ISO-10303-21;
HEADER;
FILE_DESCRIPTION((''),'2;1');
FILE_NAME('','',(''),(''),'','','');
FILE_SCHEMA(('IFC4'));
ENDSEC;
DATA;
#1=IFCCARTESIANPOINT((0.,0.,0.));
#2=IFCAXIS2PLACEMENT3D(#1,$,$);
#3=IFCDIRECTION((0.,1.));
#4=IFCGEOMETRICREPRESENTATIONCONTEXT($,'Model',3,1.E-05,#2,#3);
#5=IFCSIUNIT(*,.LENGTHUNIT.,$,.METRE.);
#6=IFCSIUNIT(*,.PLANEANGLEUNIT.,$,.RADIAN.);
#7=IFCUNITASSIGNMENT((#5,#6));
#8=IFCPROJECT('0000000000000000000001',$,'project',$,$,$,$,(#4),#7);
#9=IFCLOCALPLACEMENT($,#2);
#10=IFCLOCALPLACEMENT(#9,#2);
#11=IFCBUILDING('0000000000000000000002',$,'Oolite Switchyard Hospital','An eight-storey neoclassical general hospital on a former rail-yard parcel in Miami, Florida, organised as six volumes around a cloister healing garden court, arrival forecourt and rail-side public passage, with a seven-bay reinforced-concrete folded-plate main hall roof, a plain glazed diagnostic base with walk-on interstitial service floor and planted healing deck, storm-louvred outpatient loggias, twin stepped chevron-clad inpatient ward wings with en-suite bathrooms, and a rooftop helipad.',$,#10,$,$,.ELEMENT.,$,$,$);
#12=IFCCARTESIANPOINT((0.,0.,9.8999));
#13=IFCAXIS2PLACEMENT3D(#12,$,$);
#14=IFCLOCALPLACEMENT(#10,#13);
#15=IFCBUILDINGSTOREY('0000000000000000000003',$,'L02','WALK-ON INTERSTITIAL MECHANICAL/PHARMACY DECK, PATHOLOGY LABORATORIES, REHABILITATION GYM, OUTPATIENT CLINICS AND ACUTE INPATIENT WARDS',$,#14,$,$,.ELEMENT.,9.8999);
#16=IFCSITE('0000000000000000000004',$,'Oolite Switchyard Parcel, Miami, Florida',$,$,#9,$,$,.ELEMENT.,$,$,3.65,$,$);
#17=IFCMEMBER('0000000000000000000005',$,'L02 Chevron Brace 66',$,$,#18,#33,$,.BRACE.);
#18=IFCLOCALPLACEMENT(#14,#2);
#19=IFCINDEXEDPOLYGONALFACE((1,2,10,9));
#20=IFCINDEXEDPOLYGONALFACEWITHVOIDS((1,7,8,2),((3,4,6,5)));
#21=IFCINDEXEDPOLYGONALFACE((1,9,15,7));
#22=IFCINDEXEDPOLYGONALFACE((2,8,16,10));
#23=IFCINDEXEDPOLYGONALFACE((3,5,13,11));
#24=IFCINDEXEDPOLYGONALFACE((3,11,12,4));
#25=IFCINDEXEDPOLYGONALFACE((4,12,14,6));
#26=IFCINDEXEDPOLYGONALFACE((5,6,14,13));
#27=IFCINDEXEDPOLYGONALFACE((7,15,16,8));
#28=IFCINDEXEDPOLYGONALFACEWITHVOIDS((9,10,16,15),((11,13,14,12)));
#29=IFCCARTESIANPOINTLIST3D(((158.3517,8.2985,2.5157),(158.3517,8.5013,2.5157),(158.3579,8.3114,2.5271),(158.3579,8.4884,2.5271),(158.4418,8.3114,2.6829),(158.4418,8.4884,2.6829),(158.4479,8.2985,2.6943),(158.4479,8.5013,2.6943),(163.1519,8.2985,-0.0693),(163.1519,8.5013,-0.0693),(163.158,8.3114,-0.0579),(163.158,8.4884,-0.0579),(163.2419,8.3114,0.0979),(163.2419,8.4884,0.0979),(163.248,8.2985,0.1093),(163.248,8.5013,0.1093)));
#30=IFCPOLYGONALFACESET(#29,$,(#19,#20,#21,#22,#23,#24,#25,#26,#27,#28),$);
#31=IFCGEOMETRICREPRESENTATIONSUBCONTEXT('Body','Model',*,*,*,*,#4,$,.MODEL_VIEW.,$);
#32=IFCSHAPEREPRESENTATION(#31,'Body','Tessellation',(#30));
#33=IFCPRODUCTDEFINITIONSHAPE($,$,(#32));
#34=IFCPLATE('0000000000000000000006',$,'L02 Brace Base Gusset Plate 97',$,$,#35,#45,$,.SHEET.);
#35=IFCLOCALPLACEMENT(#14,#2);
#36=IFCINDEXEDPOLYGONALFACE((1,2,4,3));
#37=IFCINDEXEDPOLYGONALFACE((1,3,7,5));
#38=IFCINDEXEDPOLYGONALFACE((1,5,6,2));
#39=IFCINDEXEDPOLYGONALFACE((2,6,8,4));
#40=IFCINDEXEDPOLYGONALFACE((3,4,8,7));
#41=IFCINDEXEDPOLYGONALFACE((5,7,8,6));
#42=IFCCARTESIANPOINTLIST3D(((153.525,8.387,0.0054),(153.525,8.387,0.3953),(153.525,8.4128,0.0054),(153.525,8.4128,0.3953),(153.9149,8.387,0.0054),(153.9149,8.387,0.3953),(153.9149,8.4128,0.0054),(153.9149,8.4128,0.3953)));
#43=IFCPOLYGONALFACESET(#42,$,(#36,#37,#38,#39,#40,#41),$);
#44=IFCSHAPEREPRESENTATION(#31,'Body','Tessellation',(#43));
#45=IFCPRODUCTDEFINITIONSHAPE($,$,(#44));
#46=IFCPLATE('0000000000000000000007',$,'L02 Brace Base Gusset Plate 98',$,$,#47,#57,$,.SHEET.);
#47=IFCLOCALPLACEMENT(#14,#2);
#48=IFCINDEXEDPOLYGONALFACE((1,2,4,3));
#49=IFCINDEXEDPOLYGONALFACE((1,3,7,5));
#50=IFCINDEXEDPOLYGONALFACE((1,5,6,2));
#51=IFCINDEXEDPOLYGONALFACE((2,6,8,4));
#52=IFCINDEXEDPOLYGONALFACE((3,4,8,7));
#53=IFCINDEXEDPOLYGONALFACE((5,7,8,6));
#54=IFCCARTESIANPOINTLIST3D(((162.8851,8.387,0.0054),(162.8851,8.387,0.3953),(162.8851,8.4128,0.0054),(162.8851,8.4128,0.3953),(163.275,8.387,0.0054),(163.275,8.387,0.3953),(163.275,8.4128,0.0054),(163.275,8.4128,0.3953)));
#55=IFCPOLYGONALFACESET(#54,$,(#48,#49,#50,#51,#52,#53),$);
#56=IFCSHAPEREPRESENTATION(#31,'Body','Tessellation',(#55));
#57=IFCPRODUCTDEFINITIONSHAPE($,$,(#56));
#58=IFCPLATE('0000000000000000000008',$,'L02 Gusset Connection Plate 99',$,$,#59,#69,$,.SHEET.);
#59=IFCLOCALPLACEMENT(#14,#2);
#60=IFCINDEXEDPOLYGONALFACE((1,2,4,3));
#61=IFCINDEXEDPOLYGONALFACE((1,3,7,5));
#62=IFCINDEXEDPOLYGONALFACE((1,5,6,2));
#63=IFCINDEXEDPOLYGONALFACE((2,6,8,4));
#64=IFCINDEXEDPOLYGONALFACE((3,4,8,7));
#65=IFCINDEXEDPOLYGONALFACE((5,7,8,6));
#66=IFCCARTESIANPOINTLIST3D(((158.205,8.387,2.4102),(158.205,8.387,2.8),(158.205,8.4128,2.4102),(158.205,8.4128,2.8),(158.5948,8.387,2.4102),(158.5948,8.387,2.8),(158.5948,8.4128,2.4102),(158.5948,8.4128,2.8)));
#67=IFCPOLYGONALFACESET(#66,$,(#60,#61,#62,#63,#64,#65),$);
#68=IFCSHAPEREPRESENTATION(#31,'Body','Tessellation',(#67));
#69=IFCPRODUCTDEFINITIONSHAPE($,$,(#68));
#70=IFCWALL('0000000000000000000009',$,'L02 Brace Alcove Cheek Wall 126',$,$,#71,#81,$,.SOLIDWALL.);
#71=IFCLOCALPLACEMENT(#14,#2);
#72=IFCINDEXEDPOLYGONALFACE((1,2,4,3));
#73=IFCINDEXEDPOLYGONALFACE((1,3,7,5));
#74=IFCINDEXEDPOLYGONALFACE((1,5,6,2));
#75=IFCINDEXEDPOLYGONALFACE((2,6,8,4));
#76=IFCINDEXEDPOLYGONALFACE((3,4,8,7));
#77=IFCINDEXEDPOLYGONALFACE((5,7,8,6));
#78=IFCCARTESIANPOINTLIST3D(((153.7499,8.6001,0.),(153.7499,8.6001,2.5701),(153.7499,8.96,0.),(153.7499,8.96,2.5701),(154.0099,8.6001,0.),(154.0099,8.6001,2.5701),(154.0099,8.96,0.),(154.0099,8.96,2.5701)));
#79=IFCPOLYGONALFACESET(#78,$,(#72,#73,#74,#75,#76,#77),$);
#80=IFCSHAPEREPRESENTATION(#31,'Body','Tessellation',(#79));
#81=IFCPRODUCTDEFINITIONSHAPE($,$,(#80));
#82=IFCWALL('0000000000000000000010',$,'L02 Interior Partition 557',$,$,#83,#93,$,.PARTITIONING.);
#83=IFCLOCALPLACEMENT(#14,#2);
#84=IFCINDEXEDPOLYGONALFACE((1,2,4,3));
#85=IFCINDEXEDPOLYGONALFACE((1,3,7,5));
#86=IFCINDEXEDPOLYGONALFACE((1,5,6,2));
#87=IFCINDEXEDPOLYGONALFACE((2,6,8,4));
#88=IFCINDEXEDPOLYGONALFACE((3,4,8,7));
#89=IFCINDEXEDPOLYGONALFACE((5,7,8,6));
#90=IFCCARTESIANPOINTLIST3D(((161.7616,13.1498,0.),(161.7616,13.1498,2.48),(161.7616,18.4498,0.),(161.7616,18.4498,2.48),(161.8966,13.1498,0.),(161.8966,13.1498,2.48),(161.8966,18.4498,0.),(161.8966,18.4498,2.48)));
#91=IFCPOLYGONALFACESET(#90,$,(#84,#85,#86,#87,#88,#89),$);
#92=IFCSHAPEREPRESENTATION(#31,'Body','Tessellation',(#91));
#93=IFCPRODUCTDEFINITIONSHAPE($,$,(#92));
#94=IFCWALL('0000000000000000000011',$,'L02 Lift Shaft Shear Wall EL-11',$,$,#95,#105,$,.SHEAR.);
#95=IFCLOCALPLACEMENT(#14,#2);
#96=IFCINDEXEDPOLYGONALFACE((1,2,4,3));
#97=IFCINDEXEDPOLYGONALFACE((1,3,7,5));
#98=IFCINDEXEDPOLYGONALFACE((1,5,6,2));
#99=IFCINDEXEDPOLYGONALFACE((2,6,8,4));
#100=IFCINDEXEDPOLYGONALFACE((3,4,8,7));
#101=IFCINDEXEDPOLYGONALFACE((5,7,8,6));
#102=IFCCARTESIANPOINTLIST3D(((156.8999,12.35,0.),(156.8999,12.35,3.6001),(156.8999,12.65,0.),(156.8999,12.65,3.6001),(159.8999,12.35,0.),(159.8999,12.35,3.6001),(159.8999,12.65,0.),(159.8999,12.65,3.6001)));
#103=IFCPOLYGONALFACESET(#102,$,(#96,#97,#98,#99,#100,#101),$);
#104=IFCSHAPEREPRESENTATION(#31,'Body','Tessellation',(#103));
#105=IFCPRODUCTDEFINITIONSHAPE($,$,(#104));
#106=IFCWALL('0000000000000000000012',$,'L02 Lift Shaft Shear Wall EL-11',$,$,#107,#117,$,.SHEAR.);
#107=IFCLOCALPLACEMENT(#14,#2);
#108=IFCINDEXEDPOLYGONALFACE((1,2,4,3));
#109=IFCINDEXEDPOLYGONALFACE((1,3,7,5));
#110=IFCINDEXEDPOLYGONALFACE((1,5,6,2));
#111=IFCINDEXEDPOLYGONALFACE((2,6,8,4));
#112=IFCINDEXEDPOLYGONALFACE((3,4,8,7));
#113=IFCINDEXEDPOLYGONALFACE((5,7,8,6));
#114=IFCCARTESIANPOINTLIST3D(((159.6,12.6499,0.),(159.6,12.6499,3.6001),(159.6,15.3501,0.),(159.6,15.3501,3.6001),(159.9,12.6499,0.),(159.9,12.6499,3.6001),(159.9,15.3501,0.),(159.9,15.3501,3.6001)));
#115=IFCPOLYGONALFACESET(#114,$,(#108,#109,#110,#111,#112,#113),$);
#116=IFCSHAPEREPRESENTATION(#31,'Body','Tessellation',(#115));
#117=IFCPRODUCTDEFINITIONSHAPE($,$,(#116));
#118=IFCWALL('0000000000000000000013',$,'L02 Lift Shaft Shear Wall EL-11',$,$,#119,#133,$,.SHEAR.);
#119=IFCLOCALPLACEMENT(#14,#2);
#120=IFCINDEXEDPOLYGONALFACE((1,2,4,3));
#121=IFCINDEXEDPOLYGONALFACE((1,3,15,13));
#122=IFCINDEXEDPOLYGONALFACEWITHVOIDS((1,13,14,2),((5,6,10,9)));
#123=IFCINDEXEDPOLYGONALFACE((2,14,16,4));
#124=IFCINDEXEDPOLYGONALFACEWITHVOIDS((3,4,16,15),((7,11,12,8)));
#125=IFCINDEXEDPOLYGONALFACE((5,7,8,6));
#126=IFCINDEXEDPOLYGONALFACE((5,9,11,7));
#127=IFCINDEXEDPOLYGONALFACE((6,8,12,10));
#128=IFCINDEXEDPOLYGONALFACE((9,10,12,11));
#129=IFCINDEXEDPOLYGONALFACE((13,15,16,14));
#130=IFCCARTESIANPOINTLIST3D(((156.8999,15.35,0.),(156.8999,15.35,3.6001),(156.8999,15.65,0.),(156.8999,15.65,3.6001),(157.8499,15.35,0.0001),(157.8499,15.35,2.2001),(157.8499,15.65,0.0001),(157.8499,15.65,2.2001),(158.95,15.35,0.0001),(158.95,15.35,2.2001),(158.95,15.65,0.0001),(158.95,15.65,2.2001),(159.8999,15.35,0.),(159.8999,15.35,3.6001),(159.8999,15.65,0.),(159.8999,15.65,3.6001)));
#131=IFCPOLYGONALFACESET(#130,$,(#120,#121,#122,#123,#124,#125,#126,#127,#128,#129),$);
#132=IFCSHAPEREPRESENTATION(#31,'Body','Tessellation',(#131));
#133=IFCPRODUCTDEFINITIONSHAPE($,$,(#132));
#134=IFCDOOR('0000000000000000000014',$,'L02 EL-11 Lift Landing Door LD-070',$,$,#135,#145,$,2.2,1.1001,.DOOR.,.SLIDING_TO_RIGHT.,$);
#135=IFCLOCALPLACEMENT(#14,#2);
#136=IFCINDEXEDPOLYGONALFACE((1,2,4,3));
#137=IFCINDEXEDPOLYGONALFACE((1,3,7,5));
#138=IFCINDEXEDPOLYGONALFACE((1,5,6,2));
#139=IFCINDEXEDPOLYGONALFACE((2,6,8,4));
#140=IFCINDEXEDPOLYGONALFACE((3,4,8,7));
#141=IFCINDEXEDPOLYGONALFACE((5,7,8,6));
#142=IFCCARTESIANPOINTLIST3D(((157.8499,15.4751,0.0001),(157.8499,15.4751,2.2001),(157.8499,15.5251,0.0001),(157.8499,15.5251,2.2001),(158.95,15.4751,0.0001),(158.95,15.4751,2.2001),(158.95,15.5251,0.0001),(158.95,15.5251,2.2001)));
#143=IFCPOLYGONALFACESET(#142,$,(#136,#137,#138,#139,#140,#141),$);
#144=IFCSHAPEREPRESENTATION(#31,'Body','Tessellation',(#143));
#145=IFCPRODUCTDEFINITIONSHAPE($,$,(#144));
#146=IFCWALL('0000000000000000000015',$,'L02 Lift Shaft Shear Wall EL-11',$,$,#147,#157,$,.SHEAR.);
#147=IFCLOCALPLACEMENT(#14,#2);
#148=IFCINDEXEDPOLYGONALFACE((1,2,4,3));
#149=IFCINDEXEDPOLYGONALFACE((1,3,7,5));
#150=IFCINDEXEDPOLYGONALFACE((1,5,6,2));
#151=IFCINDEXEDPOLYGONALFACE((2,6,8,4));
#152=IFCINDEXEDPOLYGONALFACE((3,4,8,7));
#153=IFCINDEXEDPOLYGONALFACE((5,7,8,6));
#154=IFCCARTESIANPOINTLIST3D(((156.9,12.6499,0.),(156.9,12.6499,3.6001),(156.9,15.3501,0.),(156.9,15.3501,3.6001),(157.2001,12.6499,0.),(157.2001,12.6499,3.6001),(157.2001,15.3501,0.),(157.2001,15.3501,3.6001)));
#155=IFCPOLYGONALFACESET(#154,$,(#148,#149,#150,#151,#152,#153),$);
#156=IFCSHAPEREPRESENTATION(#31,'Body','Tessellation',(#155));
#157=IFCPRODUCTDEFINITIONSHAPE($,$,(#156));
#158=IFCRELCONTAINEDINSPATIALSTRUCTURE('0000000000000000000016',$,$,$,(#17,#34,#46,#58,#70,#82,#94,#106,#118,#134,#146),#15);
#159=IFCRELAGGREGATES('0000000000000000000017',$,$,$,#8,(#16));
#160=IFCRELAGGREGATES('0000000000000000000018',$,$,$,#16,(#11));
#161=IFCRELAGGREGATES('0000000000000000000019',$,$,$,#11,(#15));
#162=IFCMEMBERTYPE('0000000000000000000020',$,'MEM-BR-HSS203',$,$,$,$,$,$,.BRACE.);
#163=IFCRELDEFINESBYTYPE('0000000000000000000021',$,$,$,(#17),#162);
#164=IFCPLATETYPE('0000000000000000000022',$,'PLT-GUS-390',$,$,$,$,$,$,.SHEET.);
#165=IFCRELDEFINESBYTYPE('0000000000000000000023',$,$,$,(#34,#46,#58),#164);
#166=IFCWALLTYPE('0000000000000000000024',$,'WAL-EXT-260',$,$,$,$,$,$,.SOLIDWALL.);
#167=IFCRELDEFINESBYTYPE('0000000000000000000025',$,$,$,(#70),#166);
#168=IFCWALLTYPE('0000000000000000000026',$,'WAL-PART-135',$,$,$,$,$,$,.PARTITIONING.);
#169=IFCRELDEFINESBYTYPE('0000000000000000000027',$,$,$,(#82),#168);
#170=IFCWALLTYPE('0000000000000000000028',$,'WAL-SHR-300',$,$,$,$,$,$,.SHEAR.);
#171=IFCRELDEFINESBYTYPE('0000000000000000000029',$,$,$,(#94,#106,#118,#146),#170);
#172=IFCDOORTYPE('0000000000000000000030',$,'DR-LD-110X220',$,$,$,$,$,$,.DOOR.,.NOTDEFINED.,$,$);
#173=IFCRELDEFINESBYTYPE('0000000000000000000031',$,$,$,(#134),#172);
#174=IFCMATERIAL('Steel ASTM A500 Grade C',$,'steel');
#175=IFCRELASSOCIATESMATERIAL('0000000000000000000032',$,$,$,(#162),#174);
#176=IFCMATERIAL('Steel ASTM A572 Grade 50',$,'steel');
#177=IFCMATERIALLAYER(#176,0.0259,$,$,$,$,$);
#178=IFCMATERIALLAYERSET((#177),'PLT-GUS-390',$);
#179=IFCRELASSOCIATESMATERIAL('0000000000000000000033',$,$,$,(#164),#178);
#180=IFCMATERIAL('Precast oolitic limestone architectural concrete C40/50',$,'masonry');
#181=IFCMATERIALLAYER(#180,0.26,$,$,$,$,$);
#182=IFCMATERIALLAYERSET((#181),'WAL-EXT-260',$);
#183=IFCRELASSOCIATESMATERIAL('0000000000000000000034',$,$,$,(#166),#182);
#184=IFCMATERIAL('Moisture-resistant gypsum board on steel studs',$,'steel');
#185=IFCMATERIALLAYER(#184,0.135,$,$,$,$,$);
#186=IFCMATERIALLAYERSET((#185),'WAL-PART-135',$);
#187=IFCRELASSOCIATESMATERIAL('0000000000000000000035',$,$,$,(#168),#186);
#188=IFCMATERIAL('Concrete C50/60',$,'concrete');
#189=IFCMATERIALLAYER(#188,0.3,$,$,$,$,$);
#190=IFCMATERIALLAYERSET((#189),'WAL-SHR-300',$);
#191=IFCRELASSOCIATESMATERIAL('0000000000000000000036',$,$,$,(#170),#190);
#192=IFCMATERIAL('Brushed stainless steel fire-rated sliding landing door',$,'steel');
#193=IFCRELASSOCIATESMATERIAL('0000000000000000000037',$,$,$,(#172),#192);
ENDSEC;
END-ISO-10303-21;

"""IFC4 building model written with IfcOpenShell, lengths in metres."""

from ifc_helpers import new_model, si_unit, direction, frame, frame_2d, origin, origin_2d, place, context, subcontext, project, spatial, rectangle, hollow_rectangle, extrude, material, layer, layer_set, material_profile, profile_set, type_object, element, fill, save


model = new_model("IFC4")

# Units and contexts
model_context = context("Model", 3, precision=1e-05, world=origin(), true_north=direction((0.0, 1.0)))
body_context = subcontext(model_context, "Body", "Model", "MODEL_VIEW")
ifc_project = project(units=[si_unit("LENGTHUNIT", "METRE"), si_unit("PLANEANGLEUNIT", "RADIAN")], contexts=[model_context])

# Site, building, storey
site_placement = place(None, origin())
site = spatial("IfcSite", under=ifc_project, at=site_placement, Name="Oolite Switchyard Parcel, Miami, Florida", CompositionType="ELEMENT", RefElevation=3.65)
building_placement = place(site_placement, origin())
building = spatial("IfcBuilding", under=site, at=building_placement, Name="Oolite Switchyard Hospital", Description="An eight-storey neoclassical general hospital on a former rail-yard parcel in Miami, Florida, organised as six volumes around a cloister healing garden court, arrival forecourt and rail-side public passage, with a seven-bay reinforced-concrete folded-plate main hall roof, a plain glazed diagnostic base with walk-on interstitial service floor and planted healing deck, storm-louvred outpatient loggias, twin stepped chevron-clad inpatient ward wings with en-suite bathrooms, and a rooftop helipad.", CompositionType="ELEMENT")
storey_placement = place(building_placement, frame((0.0, 0.0, 9.8999)))
storey = spatial("IfcBuildingStorey", under=building, at=storey_placement, Name="L02", Description="WALK-ON INTERSTITIAL MECHANICAL/PHARMACY DECK, PATHOLOGY LABORATORIES, REHABILITATION GYM, OUTPATIENT CLINICS AND ACUTE INPATIENT WARDS", CompositionType="ELEMENT", Elevation=9.8999)

# Shared definitions
ifc_material_1 = material(Name="Concrete C50/60", Category="concrete")

# Member
ifc_material_2 = material(Name="Steel ASTM A500 Grade C", Category="steel")
ifc_material_profile_1 = material_profile(ifc_material_2, hollow_rectangle(XDim=0.2029, YDim=0.2029, WallThickness=0.0129, at=origin_2d()), Name="HSS203X203X13")
ifc_profile_set_1 = profile_set([ifc_material_profile_1], Name="Steel ASTM A500 Grade C")
member_type = type_object("IfcMemberType", Name="MEM-BR-HSS203", PredefinedType="BRACE", material=ifc_profile_set_1)
member_1_placement = place(storey_placement, frame((163.2, 8.3999, 0.02), z_axis=(-0.880447, 0.0, 0.474145), x_axis=(0.0, -1.0, 0.0)))
element("IfcMember", 1, at=member_1_placement, inside=storey, type_object=member_type, Name="L02 Chevron Brace 66", PredefinedType="BRACE", context=body_context, shape_type="SweptSolid", body=[
    extrude(hollow_rectangle(XDim=0.2029, YDim=0.2029, WallThickness=0.0129, at=origin_2d()), origin(), (0.0, 0.0, 1.0), 5.4519),
])

# Plates
ifc_material_3 = material(Name="Steel ASTM A572 Grade 50", Category="steel")
ifc_layer_1 = layer(ifc_material_3, 0.0259)
ifc_layer_set_1 = layer_set([ifc_layer_1], Name="PLT-GUS-390")
plate_type = type_object("IfcPlateType", Name="PLT-GUS-390", PredefinedType="SHEET", material=ifc_layer_set_1)
for number, where, z_axis, x_axis, name in (
    (2, (153.72, 8.3999, 0.0054), (0.0, 0.0, 1.0), (1.0, 0.0, 0.0), "L02 Brace Base Gusset Plate 97"),
    (3, (163.0801, 8.3999, 0.0054), (0.0, 0.0, 1.0), (1.0, 0.0, 0.0), "L02 Brace Base Gusset Plate 98"),
    (4, (158.3999, 8.3999, 2.4102), (0.0, 0.0, 1.0), (1.0, 0.0, 0.0), "L02 Gusset Connection Plate 99"),
):
    element("IfcPlate", number, at=place(storey_placement, frame(where, z_axis=z_axis, x_axis=x_axis)), inside=storey, type_object=plate_type, Name=name, PredefinedType="SHEET", context=body_context, shape_type="SweptSolid", body=[
        extrude(rectangle(XDim=0.3899, YDim=0.0259, at=origin_2d()), origin(), (0.0, 0.0, 1.0), 0.3899),
    ])

# Walls
ifc_material_4 = material(Name="Precast oolitic limestone architectural concrete C40/50", Category="masonry")
ifc_layer_2 = layer(ifc_material_4, 0.26)
ifc_layer_set_2 = layer_set([ifc_layer_2], Name="WAL-EXT-260")
wall_type_1 = type_object("IfcWallType", Name="WAL-EXT-260", PredefinedType="SOLIDWALL", material=ifc_layer_set_2)
wall_1_placement = place(storey_placement, frame((153.8799, 8.6001, 0.0), z_axis=(0.0, 0.0, 1.0), x_axis=(0.0, 1.0, 0.0)))
element("IfcWall", 5, at=wall_1_placement, inside=storey, type_object=wall_type_1, Name="L02 Brace Alcove Cheek Wall 126", PredefinedType="SOLIDWALL", context=body_context, shape_type="SweptSolid", body=[
    extrude(rectangle(XDim=0.3599, YDim=0.26, at=frame_2d((0.1799, 0.0))), origin(), (0.0, 0.0, 1.0), 2.5701),
])
ifc_material_5 = material(Name="Moisture-resistant gypsum board on steel studs", Category="steel")
ifc_layer_3 = layer(ifc_material_5, 0.135)
ifc_layer_set_3 = layer_set([ifc_layer_3], Name="WAL-PART-135")
wall_type_2 = type_object("IfcWallType", Name="WAL-PART-135", PredefinedType="PARTITIONING", material=ifc_layer_set_3)
wall_2_placement = place(storey_placement, frame((161.8291, 13.1499, 0.0), z_axis=(0.0, 0.0, 1.0), x_axis=(0.0, 1.0, 0.0)))
element("IfcWall", 6, at=wall_2_placement, inside=storey, type_object=wall_type_2, Name="L02 Interior Partition 557", PredefinedType="PARTITIONING", context=body_context, shape_type="SweptSolid", body=[
    extrude(rectangle(XDim=5.3, YDim=0.135, at=frame_2d((2.6499, 0.0))), origin(), (0.0, 0.0, 1.0), 2.48),
])
ifc_layer_4 = layer(ifc_material_1, 0.3)
ifc_layer_set_4 = layer_set([ifc_layer_4], Name="WAL-SHR-300")
wall_type_3 = type_object("IfcWallType", Name="WAL-SHR-300", PredefinedType="SHEAR", material=ifc_layer_set_4)
wall_3_placement = place(storey_placement, frame((156.8999, 12.5, 0.0), z_axis=(0.0, 0.0, 1.0), x_axis=(1.0, 0.0, 0.0)))
element("IfcWall", 7, at=wall_3_placement, inside=storey, type_object=wall_type_3, Name="L02 Lift Shaft Shear Wall EL-11", PredefinedType="SHEAR", context=body_context, shape_type="SweptSolid", body=[
    extrude(rectangle(XDim=3.0, YDim=0.3, at=frame_2d((1.5, 0.0))), origin(), (0.0, 0.0, 1.0), 3.6001),
])
wall_4_placement = place(storey_placement, frame((159.75, 12.6499, 0.0), z_axis=(0.0, 0.0, 1.0), x_axis=(0.0, 1.0, 0.0)))
element("IfcWall", 8, at=wall_4_placement, inside=storey, type_object=wall_type_3, Name="L02 Lift Shaft Shear Wall EL-11", PredefinedType="SHEAR", context=body_context, shape_type="SweptSolid", body=[
    extrude(rectangle(XDim=2.7002, YDim=0.3, at=frame_2d((1.3501, 0.0))), origin(), (0.0, 0.0, 1.0), 3.6001),
])

# Wall, opening, door
wall_5_placement = place(storey_placement, frame((159.8999, 15.5, 0.0), z_axis=(0.0, 0.0, 1.0), x_axis=(-1.0, 0.0, 0.0)))
wall_5 = element("IfcWall", 9, at=wall_5_placement, inside=storey, type_object=wall_type_3, Name="L02 Lift Shaft Shear Wall EL-11", PredefinedType="SHEAR", context=body_context, shape_type="SweptSolid", body=[
    extrude(rectangle(XDim=3.0, YDim=0.3, at=frame_2d((1.5, 0.0))), origin(), (0.0, 0.0, 1.0), 3.6001),
])
opening_placement = place(wall_5_placement, frame((0.95, 0.0, 0.0)))
opening = element("IfcOpeningElement", 10, at=opening_placement, cuts=wall_5, PredefinedType="OPENING", context=body_context, shape_type="SweptSolid", body=[
    extrude(rectangle(XDim=1.1001, YDim=2.2, at=frame_2d((0.55, 1.1001))), frame((0.0, 0.1602, 0.0), z_axis=(0.0, -1.0, 0.0), x_axis=(1.0, 0.0, 0.0)), (0.0, 0.0, 1.0), 0.3201),
])
ifc_material_6 = material(Name="Brushed stainless steel fire-rated sliding landing door", Category="steel")
door_type = type_object("IfcDoorType", Name="DR-LD-110X220", OperationType="NOTDEFINED", PredefinedType="DOOR", material=ifc_material_6)
door_placement = place(opening_placement, origin())
door = element("IfcDoor", 11, at=door_placement, inside=storey, type_object=door_type, Name="L02 EL-11 Lift Landing Door LD-070", OperationType="SLIDING_TO_RIGHT", OverallHeight=2.2, OverallWidth=1.1001, PredefinedType="DOOR", context=body_context, shape_type="SweptSolid", body=[
    extrude(rectangle(XDim=1.1001, YDim=2.2, at=frame_2d((0.55, 1.1001))), frame((0.0, 0.0249, 0.0), z_axis=(0.0, -1.0, 0.0), x_axis=(1.0, 0.0, 0.0)), (0.0, 0.0, 1.0), 0.05),
])
fill(opening, door)

# Wall
wall_6_placement = place(storey_placement, frame((157.05, 15.3501, 0.0), z_axis=(0.0, 0.0, 1.0), x_axis=(0.0, -1.0, 0.0)))
element("IfcWall", 12, at=wall_6_placement, inside=storey, type_object=wall_type_3, Name="L02 Lift Shaft Shear Wall EL-11", PredefinedType="SHEAR", context=body_context, shape_type="SweptSolid", body=[
    extrude(rectangle(XDim=2.7002, YDim=0.3, at=frame_2d((1.3501, 0.0))), origin(), (0.0, 0.0, 1.0), 3.6001),
])

save(model, "model.ifc")
